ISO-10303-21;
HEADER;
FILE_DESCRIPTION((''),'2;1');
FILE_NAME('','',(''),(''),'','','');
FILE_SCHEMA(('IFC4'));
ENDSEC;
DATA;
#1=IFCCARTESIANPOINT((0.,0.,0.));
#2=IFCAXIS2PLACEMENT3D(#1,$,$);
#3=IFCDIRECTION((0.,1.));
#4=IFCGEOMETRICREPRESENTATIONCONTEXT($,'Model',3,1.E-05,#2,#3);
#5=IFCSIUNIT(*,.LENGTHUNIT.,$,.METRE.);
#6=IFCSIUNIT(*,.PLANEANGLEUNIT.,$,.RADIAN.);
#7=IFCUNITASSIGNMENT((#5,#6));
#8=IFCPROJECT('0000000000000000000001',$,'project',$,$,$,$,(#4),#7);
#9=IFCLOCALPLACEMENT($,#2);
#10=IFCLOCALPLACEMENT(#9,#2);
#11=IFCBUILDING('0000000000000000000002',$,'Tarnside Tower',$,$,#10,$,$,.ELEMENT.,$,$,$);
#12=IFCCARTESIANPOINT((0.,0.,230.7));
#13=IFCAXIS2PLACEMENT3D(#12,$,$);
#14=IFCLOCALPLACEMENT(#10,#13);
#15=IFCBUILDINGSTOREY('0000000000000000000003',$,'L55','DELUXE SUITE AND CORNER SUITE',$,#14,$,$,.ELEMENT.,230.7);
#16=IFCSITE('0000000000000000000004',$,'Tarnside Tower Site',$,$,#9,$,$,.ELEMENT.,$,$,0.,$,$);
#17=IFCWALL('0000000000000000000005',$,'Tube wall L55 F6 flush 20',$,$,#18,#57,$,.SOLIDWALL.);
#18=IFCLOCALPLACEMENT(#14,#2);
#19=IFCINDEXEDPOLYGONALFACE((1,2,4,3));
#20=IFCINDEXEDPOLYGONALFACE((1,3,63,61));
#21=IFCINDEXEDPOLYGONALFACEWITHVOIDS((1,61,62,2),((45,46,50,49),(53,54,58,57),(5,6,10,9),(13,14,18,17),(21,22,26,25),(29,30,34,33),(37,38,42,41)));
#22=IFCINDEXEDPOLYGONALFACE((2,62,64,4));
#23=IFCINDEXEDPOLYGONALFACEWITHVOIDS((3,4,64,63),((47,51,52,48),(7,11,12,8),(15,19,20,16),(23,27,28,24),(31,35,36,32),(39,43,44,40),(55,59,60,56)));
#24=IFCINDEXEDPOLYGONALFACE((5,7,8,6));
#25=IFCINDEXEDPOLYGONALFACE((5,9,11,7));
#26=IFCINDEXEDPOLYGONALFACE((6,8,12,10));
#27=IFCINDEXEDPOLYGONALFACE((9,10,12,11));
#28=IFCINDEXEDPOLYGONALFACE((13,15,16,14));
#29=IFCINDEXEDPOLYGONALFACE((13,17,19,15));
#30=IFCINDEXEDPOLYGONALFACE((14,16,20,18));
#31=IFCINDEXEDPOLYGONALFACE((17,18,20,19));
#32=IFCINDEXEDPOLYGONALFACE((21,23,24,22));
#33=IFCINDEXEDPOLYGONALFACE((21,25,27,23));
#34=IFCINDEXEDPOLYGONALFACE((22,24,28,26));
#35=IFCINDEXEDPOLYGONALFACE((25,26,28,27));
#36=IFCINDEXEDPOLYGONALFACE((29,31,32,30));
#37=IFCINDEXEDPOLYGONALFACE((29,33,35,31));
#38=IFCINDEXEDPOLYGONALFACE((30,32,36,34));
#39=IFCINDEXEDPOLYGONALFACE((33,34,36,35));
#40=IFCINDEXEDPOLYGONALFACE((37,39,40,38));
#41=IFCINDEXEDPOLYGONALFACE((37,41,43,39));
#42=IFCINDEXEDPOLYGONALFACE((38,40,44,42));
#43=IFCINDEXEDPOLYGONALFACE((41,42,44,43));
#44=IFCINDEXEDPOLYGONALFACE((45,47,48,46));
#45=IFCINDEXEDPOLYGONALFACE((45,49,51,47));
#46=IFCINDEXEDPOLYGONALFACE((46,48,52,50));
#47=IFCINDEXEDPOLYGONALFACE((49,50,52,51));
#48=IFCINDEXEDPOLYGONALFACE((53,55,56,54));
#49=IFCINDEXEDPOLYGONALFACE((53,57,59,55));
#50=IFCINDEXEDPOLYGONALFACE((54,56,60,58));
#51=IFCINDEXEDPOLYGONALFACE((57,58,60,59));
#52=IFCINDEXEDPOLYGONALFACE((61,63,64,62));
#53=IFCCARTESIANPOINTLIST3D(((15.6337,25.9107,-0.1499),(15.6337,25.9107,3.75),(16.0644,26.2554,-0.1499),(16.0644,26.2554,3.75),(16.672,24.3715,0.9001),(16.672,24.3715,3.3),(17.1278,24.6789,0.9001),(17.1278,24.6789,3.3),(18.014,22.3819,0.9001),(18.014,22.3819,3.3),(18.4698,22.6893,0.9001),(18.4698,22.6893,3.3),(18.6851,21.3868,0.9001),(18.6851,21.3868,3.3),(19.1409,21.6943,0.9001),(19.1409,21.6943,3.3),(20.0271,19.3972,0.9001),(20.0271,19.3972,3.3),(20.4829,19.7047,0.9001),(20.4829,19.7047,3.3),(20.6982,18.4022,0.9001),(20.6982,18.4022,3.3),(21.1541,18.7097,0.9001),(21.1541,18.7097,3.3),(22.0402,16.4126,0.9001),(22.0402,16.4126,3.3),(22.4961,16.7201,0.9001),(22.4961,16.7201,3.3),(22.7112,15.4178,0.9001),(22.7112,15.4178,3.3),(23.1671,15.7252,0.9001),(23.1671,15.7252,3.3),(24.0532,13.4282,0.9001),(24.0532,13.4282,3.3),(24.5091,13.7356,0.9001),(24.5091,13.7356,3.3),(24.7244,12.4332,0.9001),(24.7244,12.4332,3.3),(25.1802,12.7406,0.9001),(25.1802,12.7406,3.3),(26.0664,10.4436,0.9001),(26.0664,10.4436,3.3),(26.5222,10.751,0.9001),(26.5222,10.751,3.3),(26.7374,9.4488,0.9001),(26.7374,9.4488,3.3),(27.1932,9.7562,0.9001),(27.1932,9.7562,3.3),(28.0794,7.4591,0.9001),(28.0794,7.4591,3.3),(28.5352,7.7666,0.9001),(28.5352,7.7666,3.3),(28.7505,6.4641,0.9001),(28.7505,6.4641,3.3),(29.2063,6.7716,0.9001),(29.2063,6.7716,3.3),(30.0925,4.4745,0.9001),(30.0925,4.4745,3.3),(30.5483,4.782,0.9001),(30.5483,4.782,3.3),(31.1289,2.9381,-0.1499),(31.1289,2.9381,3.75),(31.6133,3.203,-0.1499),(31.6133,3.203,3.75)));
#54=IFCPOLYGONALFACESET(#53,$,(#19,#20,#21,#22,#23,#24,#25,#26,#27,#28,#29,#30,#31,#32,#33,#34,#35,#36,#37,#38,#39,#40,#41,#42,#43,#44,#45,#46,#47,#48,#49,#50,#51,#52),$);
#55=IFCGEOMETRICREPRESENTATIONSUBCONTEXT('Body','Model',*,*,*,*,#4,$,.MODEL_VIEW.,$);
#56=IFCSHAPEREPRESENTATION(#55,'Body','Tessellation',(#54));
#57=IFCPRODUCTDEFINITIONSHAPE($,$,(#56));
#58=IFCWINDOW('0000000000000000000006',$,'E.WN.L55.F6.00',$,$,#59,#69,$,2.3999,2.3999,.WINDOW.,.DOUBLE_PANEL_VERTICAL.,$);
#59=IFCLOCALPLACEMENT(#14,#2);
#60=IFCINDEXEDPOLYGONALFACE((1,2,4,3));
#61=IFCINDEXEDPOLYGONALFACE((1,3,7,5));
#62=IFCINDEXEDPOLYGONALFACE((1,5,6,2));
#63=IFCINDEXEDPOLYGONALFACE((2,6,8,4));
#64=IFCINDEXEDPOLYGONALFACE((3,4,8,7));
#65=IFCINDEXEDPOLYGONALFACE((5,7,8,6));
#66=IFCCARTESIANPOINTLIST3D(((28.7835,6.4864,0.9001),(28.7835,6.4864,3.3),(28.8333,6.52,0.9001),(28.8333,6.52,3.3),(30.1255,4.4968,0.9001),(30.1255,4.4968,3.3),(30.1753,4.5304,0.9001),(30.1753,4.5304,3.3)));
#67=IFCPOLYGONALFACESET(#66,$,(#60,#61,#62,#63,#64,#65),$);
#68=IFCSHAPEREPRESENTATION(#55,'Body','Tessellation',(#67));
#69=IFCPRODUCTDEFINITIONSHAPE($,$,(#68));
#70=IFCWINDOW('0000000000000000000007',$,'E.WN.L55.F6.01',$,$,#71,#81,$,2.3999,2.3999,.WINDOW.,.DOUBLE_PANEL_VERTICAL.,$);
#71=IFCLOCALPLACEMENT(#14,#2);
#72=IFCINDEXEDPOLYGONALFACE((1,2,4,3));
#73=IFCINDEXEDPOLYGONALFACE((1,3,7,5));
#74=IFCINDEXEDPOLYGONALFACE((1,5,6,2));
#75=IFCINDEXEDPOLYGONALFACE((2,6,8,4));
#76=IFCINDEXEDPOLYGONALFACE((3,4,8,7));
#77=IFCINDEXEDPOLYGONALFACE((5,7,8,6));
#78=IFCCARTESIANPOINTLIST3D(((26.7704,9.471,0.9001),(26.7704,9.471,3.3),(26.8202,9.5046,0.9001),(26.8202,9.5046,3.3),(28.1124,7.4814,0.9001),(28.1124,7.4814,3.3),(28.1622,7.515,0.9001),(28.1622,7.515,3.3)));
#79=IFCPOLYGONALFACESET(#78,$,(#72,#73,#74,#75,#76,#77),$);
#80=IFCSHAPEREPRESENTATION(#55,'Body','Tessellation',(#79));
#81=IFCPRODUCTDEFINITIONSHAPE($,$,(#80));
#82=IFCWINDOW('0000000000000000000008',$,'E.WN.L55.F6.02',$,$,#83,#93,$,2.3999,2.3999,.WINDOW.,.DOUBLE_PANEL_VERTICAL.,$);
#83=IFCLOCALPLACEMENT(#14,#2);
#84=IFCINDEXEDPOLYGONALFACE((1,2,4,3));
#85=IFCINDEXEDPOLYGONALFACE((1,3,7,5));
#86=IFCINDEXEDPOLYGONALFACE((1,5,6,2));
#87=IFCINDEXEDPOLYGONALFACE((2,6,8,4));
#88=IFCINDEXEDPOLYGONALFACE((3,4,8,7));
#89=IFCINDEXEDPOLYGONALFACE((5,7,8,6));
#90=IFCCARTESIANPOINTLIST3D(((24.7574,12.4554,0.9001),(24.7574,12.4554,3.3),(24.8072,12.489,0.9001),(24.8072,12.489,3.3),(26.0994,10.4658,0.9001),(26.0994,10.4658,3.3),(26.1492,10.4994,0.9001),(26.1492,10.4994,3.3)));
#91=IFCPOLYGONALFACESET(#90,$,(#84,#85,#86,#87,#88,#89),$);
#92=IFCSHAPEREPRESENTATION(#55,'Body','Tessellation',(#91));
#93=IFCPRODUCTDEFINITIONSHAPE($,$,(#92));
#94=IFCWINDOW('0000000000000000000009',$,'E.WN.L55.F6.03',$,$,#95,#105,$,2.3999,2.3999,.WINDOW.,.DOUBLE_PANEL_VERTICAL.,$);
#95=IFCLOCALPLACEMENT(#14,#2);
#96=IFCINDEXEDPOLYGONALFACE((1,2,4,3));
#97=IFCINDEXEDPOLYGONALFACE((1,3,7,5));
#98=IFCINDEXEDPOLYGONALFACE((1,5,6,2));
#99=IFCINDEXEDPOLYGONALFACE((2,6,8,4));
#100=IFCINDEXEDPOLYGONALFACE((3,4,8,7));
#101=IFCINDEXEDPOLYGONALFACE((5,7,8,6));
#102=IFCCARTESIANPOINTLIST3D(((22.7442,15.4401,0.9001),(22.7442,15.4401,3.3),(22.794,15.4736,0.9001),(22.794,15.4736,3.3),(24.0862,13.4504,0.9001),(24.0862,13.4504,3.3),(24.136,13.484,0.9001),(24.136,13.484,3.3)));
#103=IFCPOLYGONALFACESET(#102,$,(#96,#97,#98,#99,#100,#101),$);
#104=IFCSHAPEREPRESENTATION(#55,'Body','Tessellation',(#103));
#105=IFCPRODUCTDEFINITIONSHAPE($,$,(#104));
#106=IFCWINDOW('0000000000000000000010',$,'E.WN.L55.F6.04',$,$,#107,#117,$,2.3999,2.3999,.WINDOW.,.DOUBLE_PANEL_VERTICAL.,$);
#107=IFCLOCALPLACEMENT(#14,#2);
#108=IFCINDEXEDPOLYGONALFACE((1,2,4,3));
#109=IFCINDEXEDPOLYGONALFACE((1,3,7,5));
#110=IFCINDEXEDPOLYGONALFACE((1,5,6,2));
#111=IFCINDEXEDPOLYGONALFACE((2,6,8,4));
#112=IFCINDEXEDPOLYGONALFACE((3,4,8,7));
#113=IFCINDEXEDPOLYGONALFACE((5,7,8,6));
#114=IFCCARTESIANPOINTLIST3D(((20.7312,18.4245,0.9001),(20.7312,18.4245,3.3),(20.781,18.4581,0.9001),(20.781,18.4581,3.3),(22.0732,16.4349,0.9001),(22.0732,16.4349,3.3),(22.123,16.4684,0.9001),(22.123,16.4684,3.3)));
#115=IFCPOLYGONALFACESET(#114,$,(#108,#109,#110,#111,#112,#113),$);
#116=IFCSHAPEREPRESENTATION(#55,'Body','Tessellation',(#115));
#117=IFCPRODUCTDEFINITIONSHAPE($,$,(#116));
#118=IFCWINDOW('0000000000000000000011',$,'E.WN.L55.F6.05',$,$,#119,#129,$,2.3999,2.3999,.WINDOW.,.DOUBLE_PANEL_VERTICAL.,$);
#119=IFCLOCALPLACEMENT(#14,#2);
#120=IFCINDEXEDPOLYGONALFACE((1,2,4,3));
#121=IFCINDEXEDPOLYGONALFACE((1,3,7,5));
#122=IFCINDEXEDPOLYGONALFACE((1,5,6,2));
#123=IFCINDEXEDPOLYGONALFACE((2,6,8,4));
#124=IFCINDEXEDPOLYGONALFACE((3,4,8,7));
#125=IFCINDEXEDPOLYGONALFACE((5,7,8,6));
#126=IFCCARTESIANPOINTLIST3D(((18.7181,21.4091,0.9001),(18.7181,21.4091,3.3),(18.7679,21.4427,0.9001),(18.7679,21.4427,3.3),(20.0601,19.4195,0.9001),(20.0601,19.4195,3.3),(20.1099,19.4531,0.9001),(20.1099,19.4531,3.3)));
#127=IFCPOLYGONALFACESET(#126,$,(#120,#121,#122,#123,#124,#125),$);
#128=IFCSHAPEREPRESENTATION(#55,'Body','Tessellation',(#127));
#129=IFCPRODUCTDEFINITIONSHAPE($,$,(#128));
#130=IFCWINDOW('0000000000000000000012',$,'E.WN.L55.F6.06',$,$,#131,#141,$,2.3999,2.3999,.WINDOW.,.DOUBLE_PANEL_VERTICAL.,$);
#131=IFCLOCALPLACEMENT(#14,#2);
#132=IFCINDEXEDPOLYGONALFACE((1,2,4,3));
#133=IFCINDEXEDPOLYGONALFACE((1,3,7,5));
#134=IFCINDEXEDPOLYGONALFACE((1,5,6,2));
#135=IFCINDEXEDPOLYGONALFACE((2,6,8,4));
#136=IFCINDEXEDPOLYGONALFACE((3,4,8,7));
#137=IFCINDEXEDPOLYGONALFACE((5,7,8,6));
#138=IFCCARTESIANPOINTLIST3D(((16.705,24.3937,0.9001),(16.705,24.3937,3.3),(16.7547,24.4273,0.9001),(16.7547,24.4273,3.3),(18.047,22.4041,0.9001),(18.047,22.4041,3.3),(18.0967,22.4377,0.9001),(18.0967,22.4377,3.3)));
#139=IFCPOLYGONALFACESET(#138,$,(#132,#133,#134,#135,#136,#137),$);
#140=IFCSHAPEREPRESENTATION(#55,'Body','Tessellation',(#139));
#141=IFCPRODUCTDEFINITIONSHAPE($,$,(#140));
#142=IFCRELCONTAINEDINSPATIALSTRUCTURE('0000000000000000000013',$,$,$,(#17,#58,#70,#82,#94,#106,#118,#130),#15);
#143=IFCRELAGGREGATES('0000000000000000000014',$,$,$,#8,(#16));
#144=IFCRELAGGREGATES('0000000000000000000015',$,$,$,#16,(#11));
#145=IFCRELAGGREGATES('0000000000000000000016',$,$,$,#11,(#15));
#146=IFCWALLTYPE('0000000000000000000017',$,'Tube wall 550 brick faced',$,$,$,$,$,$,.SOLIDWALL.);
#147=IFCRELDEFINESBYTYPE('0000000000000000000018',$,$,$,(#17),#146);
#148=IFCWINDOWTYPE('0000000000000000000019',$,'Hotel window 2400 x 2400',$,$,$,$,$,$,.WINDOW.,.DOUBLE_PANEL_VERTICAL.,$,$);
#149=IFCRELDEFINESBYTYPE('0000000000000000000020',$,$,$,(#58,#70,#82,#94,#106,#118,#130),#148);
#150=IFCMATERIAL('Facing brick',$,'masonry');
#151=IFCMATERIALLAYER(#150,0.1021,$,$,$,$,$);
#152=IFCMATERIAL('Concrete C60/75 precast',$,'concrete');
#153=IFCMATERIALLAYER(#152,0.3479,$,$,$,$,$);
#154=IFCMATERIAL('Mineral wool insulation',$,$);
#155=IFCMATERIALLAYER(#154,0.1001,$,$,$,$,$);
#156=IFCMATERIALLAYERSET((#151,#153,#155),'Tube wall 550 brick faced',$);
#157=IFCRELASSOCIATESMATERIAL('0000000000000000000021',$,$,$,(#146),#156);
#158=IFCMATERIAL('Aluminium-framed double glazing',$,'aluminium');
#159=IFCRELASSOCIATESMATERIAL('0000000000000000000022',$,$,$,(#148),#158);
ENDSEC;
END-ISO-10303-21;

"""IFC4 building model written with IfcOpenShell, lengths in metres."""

from ifc_helpers import new_model, si_unit, direction, frame, frame_2d, origin, place, context, subcontext, project, spatial, polyline, rectangle, outline, extrude, material, layer, layer_set, type_object, element, fill, save


model = new_model("IFC4")

# Units and contexts
model_context = context("Model", 3, precision=1e-05, world=origin(), true_north=direction((0.0, 1.0)))
body_context = subcontext(model_context, "Body", "Model", "MODEL_VIEW")
ifc_project = project(units=[si_unit("LENGTHUNIT", "METRE"), si_unit("PLANEANGLEUNIT", "RADIAN")], contexts=[model_context])

# Site, building, storey
site_placement = place(None, origin())
site = spatial("IfcSite", under=ifc_project, at=site_placement, Name="Tarnside Tower Site", CompositionType="ELEMENT", RefElevation=0.0)
building_placement = place(site_placement, origin())
building = spatial("IfcBuilding", under=site, at=building_placement, Name="Tarnside Tower", CompositionType="ELEMENT")
storey_placement = place(building_placement, frame((0.0, 0.0, 230.7)))
storey = spatial("IfcBuildingStorey", under=building, at=storey_placement, Name="L55", Description="DELUXE SUITE AND CORNER SUITE", CompositionType="ELEMENT", Elevation=230.7)

# Shared definitions
ifc_material_1 = material(Name="Facing brick", Category="masonry")
ifc_layer_1 = layer(ifc_material_1, 0.1021)
ifc_material_2 = material(Name="Concrete C60/75 precast", Category="concrete")
ifc_layer_2 = layer(ifc_material_2, 0.3479)
ifc_material_3 = material(Name="Mineral wool insulation")
ifc_layer_3 = layer(ifc_material_3, 0.1001)
ifc_layer_set_1 = layer_set([ifc_layer_1, ifc_layer_2, ifc_layer_3], Name="Tube wall 550 brick faced")
wall_type_1 = type_object("IfcWallType", Name="Tube wall 550 brick faced", PredefinedType="SOLIDWALL", material=ifc_layer_set_1)

# Wall, openings, windows
wall_1_placement = place(storey_placement, frame((31.3711, 3.0706, -0.1499), z_axis=(0.0, 0.0, 1.0), x_axis=(-0.55919, 0.82904, 0.0)))
wall_1 = element("IfcWall", 1, at=wall_1_placement, inside=storey, type_object=wall_type_1, Name="Tube wall L55 F6 flush 20", PredefinedType="SOLIDWALL", context=body_context, shape_type="SweptSolid", body=[
    extrude(outline(polyline([(-0.0256, -0.2749), (27.7805, -0.2749), (27.7356, 0.2749), (0.0256, 0.2749), (-0.0256, -0.2749)])), origin(), (0.0, 0.0, 1.0), 3.8999),
])
opening_1_placement = place(wall_1_placement, frame((1.8789, 0.0, 1.05)))
opening_1 = element("IfcOpeningElement", 2, at=opening_1_placement, cuts=wall_1, PredefinedType="OPENING", context=body_context, shape_type="SweptSolid", body=[
    extrude(rectangle(XDim=2.3999, YDim=2.3999, at=frame_2d((1.2, 1.2))), frame((0.0, 0.2852, 0.0), z_axis=(0.0, -1.0, 0.0), x_axis=(1.0, 0.0, 0.0)), (0.0, 0.0, 1.0), 0.5701),
])
opening_2_placement = place(wall_1_placement, frame((5.479, 0.0, 1.05)))
opening_2 = element("IfcOpeningElement", 3, at=opening_2_placement, cuts=wall_1, PredefinedType="OPENING", context=body_context, shape_type="SweptSolid", body=[
    extrude(rectangle(XDim=2.3999, YDim=2.3999, at=frame_2d((1.2, 1.2))), frame((0.0, 0.2852, 0.0), z_axis=(0.0, -1.0, 0.0), x_axis=(1.0, 0.0, 0.0)), (0.0, 0.0, 1.0), 0.5701),
])
opening_3_placement = place(wall_1_placement, frame((9.0789, 0.0, 1.05)))
opening_3 = element("IfcOpeningElement", 4, at=opening_3_placement, cuts=wall_1, PredefinedType="OPENING", context=body_context, shape_type="SweptSolid", body=[
    extrude(rectangle(XDim=2.3999, YDim=2.3999, at=frame_2d((1.2, 1.2))), frame((0.0, 0.2852, 0.0), z_axis=(0.0, -1.0, 0.0), x_axis=(1.0, 0.0, 0.0)), (0.0, 0.0, 1.0), 0.5701),
])
opening_4_placement = place(wall_1_placement, frame((12.679, 0.0, 1.05)))
opening_4 = element("IfcOpeningElement", 5, at=opening_4_placement, cuts=wall_1, PredefinedType="OPENING", context=body_context, shape_type="SweptSolid", body=[
    extrude(rectangle(XDim=2.3999, YDim=2.3999, at=frame_2d((1.2, 1.2))), frame((0.0, 0.2852, 0.0), z_axis=(0.0, -1.0, 0.0), x_axis=(1.0, 0.0, 0.0)), (0.0, 0.0, 1.0), 0.5701),
])
opening_5_placement = place(wall_1_placement, frame((16.2788, 0.0, 1.05)))
opening_5 = element("IfcOpeningElement", 6, at=opening_5_placement, cuts=wall_1, PredefinedType="OPENING", context=body_context, shape_type="SweptSolid", body=[
    extrude(rectangle(XDim=2.3999, YDim=2.3999, at=frame_2d((1.2, 1.2))), frame((0.0, 0.2852, 0.0), z_axis=(0.0, -1.0, 0.0), x_axis=(1.0, 0.0, 0.0)), (0.0, 0.0, 1.0), 0.5701),
])
opening_6_placement = place(wall_1_placement, frame((19.8789, 0.0, 1.05)))
opening_6 = element("IfcOpeningElement", 7, at=opening_6_placement, cuts=wall_1, PredefinedType="OPENING", context=body_context, shape_type="SweptSolid", body=[
    extrude(rectangle(XDim=2.3999, YDim=2.3999, at=frame_2d((1.2, 1.2))), frame((0.0, 0.2852, 0.0), z_axis=(0.0, -1.0, 0.0), x_axis=(1.0, 0.0, 0.0)), (0.0, 0.0, 1.0), 0.5701),
])
opening_7_placement = place(wall_1_placement, frame((23.479, 0.0, 1.05)))
opening_7 = element("IfcOpeningElement", 8, at=opening_7_placement, cuts=wall_1, PredefinedType="OPENING", context=body_context, shape_type="SweptSolid", body=[
    extrude(rectangle(XDim=2.3999, YDim=2.3999, at=frame_2d((1.2, 1.2))), frame((0.0, 0.2852, 0.0), z_axis=(0.0, -1.0, 0.0), x_axis=(1.0, 0.0, 0.0)), (0.0, 0.0, 1.0), 0.5701),
])
ifc_material_4 = material(Name="Aluminium-framed double glazing", Category="aluminium")
window_type = type_object("IfcWindowType", Name="Hotel window 2400 x 2400", PartitioningType="DOUBLE_PANEL_VERTICAL", PredefinedType="WINDOW", material=ifc_material_4)
window_1_placement = place(opening_1_placement, frame((0.0, 0.2051, 0.0)))
window_1 = element("IfcWindow", 9, at=window_1_placement, inside=storey, type_object=window_type, Name="E.WN.L55.F6.00", OverallHeight=2.3999, OverallWidth=2.3999, PartitioningType="DOUBLE_PANEL_VERTICAL", PredefinedType="WINDOW", context=body_context, shape_type="SweptSolid", body=[
    extrude(rectangle(XDim=2.3999, YDim=2.3999, at=frame_2d((1.2, 1.2))), frame((0.0, 0.03, 0.0), z_axis=(0.0, -1.0, 0.0), x_axis=(1.0, 0.0, 0.0)), (0.0, 0.0, 1.0), 0.0601),
])
fill(opening_1, window_1)
window_2_placement = place(opening_2_placement, frame((0.0, 0.2051, 0.0)))
window_2 = element("IfcWindow", 10, at=window_2_placement, inside=storey, type_object=window_type, Name="E.WN.L55.F6.01", OverallHeight=2.3999, OverallWidth=2.3999, PartitioningType="DOUBLE_PANEL_VERTICAL", PredefinedType="WINDOW", context=body_context, shape_type="SweptSolid", body=[
    extrude(rectangle(XDim=2.3999, YDim=2.3999, at=frame_2d((1.2, 1.2))), frame((0.0, 0.03, 0.0), z_axis=(0.0, -1.0, 0.0), x_axis=(1.0, 0.0, 0.0)), (0.0, 0.0, 1.0), 0.0601),
])
fill(opening_2, window_2)
window_3_placement = place(opening_3_placement, frame((0.0, 0.2051, 0.0)))
window_3 = element("IfcWindow", 11, at=window_3_placement, inside=storey, type_object=window_type, Name="E.WN.L55.F6.02", OverallHeight=2.3999, OverallWidth=2.3999, PartitioningType="DOUBLE_PANEL_VERTICAL", PredefinedType="WINDOW", context=body_context, shape_type="SweptSolid", body=[
    extrude(rectangle(XDim=2.3999, YDim=2.3999, at=frame_2d((1.2, 1.2))), frame((0.0, 0.03, 0.0), z_axis=(0.0, -1.0, 0.0), x_axis=(1.0, 0.0, 0.0)), (0.0, 0.0, 1.0), 0.0601),
])
fill(opening_3, window_3)
window_4_placement = place(opening_4_placement, frame((0.0, 0.2051, 0.0)))
window_4 = element("IfcWindow", 12, at=window_4_placement, inside=storey, type_object=window_type, Name="E.WN.L55.F6.03", OverallHeight=2.3999, OverallWidth=2.3999, PartitioningType="DOUBLE_PANEL_VERTICAL", PredefinedType="WINDOW", context=body_context, shape_type="SweptSolid", body=[
    extrude(rectangle(XDim=2.3999, YDim=2.3999, at=frame_2d((1.2, 1.2))), frame((0.0, 0.03, 0.0), z_axis=(0.0, -1.0, 0.0), x_axis=(1.0, 0.0, 0.0)), (0.0, 0.0, 1.0), 0.0601),
])
fill(opening_4, window_4)
window_5_placement = place(opening_5_placement, frame((0.0, 0.2051, 0.0)))
window_5 = element("IfcWindow", 13, at=window_5_placement, inside=storey, type_object=window_type, Name="E.WN.L55.F6.04", OverallHeight=2.3999, OverallWidth=2.3999, PartitioningType="DOUBLE_PANEL_VERTICAL", PredefinedType="WINDOW", context=body_context, shape_type="SweptSolid", body=[
    extrude(rectangle(XDim=2.3999, YDim=2.3999, at=frame_2d((1.2, 1.2))), frame((0.0, 0.03, 0.0), z_axis=(0.0, -1.0, 0.0), x_axis=(1.0, 0.0, 0.0)), (0.0, 0.0, 1.0), 0.0601),
])
fill(opening_5, window_5)
window_6_placement = place(opening_6_placement, frame((0.0, 0.2051, 0.0)))
window_6 = element("IfcWindow", 14, at=window_6_placement, inside=storey, type_object=window_type, Name="E.WN.L55.F6.05", OverallHeight=2.3999, OverallWidth=2.3999, PartitioningType="DOUBLE_PANEL_VERTICAL", PredefinedType="WINDOW", context=body_context, shape_type="SweptSolid", body=[
    extrude(rectangle(XDim=2.3999, YDim=2.3999, at=frame_2d((1.2, 1.2))), frame((0.0, 0.03, 0.0), z_axis=(0.0, -1.0, 0.0), x_axis=(1.0, 0.0, 0.0)), (0.0, 0.0, 1.0), 0.0601),
])
fill(opening_6, window_6)
window_7_placement = place(opening_7_placement, frame((0.0, 0.2051, 0.0)))
window_7 = element("IfcWindow", 15, at=window_7_placement, inside=storey, type_object=window_type, Name="E.WN.L55.F6.06", OverallHeight=2.3999, OverallWidth=2.3999, PartitioningType="DOUBLE_PANEL_VERTICAL", PredefinedType="WINDOW", context=body_context, shape_type="SweptSolid", body=[
    extrude(rectangle(XDim=2.3999, YDim=2.3999, at=frame_2d((1.2, 1.2))), frame((0.0, 0.03, 0.0), z_axis=(0.0, -1.0, 0.0), x_axis=(1.0, 0.0, 0.0)), (0.0, 0.0, 1.0), 0.0601),
])
fill(opening_7, window_7)

save(model, "model.ifc")
